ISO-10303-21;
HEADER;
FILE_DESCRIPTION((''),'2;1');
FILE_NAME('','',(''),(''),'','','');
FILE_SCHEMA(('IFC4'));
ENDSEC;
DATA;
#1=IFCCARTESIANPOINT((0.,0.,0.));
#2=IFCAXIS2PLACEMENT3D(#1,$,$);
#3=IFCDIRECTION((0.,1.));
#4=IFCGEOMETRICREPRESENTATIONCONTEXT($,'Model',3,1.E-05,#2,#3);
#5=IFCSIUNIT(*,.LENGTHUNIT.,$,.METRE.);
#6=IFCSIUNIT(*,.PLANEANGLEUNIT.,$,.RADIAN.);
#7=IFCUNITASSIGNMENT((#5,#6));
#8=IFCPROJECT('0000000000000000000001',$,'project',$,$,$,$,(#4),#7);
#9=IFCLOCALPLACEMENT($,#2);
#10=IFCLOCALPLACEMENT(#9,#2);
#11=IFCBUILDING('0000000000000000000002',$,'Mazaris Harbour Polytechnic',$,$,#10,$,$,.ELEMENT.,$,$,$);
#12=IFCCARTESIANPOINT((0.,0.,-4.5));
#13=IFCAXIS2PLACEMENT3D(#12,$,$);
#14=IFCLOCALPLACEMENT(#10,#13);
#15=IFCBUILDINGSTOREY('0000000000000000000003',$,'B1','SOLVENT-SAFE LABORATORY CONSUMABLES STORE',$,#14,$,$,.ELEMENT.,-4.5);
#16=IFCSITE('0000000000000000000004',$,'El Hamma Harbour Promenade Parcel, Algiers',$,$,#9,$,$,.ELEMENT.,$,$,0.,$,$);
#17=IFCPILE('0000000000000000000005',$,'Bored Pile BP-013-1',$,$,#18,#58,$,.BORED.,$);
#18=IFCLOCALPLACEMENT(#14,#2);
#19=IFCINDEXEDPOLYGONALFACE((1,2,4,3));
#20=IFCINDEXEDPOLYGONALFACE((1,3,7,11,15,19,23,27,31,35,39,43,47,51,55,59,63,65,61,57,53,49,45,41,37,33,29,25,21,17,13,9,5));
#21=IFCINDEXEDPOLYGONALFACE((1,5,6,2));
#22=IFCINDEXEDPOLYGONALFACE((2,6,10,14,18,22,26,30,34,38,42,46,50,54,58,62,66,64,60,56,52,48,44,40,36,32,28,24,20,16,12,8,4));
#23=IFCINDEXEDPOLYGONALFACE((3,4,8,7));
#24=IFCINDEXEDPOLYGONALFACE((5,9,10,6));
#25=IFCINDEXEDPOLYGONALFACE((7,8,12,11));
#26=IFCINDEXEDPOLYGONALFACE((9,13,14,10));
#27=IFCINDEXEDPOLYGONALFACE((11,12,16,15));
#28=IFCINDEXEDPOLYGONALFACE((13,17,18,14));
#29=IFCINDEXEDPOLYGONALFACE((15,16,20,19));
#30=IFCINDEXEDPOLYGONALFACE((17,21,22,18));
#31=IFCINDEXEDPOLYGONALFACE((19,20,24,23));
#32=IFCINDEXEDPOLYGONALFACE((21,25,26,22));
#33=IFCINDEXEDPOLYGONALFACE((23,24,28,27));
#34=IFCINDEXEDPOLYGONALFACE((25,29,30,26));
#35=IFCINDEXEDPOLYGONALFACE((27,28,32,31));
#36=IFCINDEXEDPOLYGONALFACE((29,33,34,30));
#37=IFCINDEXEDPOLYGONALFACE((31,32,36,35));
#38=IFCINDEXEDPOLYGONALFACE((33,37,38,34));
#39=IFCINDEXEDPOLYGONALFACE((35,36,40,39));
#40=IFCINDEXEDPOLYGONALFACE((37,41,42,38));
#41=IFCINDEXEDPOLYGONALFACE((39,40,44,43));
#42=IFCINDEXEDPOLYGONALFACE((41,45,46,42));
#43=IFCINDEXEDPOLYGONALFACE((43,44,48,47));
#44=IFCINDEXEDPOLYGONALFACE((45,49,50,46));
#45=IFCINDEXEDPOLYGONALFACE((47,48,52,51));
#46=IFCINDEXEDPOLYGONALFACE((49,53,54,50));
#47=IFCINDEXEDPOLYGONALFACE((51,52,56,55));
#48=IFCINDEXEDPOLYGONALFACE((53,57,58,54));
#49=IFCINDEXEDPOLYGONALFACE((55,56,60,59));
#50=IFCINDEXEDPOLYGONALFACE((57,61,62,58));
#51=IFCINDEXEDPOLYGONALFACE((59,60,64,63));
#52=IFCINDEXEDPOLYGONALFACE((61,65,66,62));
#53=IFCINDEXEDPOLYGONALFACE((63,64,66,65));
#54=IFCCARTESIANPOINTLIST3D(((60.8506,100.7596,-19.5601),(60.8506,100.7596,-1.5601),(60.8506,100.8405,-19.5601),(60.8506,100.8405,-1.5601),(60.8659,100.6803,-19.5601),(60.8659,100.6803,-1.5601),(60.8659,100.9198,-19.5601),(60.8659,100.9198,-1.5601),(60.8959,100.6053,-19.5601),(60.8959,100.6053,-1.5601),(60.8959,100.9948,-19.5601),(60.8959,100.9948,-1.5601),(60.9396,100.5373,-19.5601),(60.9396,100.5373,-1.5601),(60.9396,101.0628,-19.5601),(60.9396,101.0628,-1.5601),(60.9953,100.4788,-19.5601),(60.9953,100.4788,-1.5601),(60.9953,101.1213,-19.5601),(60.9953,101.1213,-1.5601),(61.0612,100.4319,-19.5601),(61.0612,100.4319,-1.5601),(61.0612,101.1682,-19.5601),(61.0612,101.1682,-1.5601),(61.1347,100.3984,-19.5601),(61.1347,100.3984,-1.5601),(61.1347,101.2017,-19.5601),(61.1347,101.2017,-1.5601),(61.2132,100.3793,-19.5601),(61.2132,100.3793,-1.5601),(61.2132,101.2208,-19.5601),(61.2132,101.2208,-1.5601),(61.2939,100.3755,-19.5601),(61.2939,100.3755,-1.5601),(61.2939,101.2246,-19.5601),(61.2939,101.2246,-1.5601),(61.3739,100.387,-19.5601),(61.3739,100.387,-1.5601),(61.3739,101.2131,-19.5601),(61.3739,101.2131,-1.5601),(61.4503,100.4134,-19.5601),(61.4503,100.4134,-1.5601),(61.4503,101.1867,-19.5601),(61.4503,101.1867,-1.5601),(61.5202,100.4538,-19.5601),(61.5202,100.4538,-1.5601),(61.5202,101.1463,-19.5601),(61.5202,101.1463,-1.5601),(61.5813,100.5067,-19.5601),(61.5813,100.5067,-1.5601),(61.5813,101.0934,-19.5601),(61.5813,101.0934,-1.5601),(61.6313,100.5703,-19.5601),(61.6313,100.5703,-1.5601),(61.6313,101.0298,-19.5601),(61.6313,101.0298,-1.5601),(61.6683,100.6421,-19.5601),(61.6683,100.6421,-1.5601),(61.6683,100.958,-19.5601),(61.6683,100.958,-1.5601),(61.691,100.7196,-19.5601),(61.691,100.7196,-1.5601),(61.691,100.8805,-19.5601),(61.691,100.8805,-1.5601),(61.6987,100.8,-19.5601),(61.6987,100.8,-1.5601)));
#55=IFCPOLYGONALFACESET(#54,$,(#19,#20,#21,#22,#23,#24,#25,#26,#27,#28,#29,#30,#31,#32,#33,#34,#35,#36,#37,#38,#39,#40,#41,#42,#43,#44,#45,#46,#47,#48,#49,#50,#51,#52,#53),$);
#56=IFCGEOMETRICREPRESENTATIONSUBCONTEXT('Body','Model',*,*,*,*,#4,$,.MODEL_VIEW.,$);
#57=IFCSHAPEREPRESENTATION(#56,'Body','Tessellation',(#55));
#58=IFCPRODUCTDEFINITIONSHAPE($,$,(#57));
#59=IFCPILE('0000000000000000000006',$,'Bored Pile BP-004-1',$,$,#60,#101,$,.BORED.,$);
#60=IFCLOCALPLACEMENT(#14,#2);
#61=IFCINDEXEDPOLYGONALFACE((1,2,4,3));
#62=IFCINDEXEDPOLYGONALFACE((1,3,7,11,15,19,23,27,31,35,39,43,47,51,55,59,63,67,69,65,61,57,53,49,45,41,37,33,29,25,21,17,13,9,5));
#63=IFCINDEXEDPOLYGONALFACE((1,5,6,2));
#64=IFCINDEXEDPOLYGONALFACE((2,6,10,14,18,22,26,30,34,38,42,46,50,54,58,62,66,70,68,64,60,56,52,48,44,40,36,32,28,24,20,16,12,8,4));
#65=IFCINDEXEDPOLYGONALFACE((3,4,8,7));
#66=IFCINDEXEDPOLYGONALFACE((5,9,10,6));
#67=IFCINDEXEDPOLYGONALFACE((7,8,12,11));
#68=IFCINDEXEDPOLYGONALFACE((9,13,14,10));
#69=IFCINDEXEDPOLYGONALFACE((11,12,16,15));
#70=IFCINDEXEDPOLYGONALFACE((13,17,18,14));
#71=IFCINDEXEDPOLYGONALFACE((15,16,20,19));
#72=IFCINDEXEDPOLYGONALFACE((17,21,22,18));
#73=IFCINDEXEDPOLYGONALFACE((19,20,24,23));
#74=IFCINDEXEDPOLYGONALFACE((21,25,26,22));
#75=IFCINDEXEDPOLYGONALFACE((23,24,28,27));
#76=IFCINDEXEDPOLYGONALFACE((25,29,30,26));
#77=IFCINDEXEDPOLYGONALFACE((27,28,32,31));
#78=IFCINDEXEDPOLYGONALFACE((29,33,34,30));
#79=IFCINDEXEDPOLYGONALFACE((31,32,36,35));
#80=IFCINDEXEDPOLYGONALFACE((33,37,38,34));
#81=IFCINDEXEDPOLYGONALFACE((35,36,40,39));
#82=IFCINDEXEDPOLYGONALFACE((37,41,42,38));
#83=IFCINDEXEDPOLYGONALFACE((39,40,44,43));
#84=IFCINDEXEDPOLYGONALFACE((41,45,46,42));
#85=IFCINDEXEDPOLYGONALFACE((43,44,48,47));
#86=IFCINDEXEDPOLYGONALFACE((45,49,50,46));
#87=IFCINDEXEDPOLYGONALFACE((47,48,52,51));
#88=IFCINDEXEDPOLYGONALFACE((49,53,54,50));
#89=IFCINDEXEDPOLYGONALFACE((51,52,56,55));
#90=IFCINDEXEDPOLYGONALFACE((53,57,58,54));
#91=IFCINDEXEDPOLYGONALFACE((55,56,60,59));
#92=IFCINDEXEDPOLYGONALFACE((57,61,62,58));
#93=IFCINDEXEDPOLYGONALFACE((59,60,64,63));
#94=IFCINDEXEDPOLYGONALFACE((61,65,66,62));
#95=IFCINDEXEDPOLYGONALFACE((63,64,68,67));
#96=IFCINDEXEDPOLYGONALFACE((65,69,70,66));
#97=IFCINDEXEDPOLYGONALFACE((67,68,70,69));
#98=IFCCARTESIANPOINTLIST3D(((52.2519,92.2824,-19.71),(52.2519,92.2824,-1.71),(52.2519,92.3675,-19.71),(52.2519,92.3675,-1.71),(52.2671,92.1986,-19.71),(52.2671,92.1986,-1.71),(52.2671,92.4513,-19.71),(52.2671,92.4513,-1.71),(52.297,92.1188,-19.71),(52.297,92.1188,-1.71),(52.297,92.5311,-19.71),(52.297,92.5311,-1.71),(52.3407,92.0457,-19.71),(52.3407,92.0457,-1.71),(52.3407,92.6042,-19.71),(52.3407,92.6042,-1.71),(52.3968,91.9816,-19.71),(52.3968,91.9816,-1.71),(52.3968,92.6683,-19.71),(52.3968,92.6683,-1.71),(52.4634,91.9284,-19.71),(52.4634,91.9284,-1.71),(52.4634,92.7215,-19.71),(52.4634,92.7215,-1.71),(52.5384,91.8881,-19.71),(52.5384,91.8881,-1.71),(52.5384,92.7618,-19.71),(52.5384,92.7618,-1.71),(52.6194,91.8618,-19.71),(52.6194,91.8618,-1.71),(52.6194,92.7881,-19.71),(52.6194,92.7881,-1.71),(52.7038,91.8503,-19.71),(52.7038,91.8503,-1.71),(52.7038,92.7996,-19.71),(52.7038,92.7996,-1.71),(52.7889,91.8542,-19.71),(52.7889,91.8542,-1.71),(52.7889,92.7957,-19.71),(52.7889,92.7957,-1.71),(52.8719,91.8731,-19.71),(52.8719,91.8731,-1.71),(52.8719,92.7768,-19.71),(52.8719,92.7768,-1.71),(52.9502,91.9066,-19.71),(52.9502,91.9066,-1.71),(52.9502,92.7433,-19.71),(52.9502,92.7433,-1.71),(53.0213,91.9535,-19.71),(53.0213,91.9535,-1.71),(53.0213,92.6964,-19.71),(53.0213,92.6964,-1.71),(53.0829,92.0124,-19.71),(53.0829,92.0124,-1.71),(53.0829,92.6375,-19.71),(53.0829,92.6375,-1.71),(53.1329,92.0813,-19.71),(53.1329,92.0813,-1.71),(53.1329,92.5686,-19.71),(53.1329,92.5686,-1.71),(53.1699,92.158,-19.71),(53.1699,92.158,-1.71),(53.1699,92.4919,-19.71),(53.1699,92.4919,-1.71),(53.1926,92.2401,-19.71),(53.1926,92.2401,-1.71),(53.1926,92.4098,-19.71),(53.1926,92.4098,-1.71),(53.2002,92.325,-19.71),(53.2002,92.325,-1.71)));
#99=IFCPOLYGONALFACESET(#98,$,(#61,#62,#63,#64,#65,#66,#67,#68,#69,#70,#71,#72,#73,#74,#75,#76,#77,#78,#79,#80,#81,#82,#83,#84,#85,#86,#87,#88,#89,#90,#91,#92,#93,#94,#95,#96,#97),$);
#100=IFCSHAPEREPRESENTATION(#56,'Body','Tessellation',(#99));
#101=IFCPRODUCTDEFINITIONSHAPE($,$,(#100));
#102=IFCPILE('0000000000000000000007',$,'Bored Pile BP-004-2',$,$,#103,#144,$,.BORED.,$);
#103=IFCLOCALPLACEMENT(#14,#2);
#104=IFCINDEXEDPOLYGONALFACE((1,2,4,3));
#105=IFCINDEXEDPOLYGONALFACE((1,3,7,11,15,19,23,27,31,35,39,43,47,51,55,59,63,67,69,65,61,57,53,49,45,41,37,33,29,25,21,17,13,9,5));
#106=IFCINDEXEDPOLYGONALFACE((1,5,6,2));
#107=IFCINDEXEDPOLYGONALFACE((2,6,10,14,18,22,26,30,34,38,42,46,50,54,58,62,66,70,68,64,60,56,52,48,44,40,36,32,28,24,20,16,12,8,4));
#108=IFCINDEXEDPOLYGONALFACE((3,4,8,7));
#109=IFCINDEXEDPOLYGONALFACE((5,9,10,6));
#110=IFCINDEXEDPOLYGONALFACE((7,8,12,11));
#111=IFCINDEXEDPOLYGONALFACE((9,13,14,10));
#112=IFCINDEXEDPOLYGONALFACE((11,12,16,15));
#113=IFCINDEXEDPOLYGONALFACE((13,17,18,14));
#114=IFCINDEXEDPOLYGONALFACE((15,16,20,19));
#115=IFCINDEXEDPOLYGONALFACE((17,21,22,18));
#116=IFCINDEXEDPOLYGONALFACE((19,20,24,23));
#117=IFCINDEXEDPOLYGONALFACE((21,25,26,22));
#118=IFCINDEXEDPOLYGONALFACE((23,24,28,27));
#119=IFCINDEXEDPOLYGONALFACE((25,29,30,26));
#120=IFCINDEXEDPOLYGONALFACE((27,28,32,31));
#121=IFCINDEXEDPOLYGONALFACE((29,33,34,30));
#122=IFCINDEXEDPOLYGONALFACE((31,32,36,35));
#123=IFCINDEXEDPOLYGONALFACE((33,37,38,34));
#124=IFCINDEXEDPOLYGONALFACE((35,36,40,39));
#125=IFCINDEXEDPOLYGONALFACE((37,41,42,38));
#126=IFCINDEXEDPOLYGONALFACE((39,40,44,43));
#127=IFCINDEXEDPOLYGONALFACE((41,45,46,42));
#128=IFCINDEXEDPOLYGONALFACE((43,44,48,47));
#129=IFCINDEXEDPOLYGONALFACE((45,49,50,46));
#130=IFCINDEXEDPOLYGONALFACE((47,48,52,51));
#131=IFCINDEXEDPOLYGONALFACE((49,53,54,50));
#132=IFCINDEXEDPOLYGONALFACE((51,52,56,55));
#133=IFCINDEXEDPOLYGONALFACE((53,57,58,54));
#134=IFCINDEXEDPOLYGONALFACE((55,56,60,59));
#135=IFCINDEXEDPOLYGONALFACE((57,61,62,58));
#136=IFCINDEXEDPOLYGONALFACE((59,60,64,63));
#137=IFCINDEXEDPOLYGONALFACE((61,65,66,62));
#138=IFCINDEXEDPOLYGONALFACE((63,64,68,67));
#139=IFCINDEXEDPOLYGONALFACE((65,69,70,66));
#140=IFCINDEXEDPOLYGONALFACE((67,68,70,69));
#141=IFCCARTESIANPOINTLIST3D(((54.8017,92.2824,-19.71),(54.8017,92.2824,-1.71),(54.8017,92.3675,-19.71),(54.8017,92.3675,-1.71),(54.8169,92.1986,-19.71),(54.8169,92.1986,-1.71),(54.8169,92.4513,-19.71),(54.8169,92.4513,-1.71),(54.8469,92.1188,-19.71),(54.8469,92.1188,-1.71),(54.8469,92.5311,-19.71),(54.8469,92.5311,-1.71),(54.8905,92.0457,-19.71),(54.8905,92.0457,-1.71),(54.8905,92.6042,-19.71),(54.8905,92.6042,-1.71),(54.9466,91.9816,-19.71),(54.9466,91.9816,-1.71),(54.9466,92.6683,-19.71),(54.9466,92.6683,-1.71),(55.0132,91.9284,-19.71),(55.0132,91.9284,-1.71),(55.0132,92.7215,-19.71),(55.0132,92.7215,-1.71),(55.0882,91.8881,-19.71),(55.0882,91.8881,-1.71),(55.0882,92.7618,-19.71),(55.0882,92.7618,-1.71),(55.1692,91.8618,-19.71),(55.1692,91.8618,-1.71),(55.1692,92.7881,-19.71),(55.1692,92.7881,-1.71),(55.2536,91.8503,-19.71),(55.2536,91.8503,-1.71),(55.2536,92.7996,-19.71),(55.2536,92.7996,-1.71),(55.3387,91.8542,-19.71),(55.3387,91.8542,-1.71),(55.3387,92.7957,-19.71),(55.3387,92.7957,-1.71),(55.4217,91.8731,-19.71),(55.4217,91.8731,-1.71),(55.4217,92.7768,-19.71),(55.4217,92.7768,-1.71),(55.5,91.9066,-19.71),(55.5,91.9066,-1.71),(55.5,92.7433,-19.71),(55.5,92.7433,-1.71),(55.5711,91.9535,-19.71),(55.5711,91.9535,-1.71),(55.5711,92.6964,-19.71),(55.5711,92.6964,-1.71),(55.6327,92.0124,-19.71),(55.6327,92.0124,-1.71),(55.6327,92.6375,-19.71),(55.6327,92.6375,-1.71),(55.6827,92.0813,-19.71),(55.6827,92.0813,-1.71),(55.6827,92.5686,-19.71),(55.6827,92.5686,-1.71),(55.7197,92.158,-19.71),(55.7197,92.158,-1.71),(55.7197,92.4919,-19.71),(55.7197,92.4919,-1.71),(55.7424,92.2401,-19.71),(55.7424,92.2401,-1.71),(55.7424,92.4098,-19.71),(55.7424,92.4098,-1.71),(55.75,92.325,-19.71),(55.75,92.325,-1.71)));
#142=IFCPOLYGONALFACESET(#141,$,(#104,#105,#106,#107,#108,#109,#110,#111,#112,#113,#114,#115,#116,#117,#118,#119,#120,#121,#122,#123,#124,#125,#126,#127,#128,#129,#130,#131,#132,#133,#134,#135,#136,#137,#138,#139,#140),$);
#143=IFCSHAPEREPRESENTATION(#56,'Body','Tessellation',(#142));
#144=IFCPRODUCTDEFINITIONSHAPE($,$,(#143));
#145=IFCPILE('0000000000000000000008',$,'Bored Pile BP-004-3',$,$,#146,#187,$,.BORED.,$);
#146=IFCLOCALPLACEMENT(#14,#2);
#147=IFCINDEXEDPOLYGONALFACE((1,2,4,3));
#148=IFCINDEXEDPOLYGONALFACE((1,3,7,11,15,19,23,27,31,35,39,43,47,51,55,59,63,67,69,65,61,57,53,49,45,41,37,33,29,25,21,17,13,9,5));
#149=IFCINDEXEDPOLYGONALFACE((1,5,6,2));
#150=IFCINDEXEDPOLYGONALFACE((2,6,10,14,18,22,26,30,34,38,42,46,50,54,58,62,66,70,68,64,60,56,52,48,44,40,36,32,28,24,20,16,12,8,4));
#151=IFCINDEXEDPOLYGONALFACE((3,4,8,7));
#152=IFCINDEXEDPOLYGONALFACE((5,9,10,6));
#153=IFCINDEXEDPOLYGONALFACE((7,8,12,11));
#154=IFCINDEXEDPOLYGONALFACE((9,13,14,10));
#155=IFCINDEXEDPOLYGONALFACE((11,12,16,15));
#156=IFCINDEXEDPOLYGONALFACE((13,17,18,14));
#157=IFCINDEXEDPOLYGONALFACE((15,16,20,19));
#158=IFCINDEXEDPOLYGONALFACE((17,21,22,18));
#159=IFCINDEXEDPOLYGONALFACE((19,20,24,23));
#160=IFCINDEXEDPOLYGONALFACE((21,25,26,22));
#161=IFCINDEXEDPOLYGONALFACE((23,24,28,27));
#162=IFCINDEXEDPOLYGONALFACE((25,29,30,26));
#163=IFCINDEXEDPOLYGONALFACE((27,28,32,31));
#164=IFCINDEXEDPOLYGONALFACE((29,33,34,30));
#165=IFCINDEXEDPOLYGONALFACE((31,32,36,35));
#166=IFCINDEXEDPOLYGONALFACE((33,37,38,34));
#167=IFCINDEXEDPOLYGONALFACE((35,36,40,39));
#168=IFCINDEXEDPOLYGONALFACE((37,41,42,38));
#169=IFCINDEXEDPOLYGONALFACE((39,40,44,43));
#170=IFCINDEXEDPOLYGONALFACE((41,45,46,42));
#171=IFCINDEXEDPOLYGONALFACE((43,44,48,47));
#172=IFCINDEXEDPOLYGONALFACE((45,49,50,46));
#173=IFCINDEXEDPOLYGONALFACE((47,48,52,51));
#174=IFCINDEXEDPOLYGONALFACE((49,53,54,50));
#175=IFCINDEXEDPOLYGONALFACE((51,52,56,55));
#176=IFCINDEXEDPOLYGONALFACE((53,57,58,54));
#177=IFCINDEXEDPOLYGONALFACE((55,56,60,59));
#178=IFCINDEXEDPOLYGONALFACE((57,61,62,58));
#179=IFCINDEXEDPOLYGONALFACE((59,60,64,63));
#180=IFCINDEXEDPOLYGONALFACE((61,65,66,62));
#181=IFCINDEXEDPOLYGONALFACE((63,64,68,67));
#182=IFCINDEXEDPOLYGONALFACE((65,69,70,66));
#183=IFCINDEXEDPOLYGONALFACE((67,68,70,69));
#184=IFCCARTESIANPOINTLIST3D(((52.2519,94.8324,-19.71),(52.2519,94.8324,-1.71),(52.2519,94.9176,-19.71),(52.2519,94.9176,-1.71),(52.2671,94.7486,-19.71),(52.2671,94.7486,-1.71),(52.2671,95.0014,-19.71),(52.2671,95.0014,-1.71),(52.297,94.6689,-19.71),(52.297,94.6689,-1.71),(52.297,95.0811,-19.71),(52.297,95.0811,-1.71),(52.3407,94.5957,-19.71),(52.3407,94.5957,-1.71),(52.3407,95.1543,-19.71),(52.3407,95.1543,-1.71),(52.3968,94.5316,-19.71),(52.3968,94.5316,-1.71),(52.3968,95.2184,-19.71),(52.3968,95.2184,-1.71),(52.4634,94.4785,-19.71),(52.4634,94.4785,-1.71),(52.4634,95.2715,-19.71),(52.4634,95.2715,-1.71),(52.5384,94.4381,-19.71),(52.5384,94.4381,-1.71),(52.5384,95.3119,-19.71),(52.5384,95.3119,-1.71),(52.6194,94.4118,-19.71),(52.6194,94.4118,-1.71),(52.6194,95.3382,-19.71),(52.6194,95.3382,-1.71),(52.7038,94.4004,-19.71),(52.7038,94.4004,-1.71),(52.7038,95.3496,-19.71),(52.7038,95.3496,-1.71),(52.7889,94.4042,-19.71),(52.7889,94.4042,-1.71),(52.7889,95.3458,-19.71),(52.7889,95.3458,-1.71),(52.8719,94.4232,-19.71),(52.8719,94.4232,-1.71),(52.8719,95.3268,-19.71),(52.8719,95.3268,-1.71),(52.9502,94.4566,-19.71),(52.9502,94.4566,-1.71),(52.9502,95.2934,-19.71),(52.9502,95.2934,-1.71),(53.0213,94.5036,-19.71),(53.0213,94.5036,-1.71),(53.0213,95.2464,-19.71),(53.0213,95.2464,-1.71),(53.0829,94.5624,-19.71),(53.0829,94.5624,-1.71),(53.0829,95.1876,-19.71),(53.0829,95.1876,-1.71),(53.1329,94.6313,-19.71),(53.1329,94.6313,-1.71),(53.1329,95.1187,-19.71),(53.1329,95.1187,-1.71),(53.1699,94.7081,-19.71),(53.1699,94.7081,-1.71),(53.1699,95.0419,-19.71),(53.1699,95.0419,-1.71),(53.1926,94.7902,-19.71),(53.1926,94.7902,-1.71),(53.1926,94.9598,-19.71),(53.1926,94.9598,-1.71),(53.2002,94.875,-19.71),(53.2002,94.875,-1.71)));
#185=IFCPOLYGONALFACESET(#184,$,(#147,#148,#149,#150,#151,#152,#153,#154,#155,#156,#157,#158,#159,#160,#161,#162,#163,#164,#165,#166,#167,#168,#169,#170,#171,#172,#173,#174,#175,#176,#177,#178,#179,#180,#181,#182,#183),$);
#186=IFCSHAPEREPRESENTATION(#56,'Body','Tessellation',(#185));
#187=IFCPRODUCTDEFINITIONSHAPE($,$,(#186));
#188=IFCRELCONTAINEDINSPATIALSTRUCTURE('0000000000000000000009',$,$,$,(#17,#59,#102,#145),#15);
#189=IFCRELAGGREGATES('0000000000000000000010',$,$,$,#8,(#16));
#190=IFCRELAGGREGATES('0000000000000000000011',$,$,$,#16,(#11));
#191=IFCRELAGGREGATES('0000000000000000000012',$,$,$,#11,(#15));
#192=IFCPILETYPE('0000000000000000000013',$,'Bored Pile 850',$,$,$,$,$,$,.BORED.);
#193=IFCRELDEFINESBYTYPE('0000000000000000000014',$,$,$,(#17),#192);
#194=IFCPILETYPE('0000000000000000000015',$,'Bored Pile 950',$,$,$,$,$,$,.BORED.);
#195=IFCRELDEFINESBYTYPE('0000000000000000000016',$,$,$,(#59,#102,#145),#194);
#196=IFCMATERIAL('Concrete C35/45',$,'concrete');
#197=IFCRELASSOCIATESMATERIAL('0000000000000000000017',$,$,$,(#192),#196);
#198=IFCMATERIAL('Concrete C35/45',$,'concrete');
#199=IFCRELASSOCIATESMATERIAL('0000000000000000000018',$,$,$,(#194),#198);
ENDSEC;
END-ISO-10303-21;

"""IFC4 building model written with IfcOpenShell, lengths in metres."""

from ifc_helpers import new_model, si_unit, direction, frame, origin, origin_2d, place, context, subcontext, project, spatial, circle, extrude, material, material_profile, profile_set, type_object, element, save


model = new_model("IFC4")

# Units and contexts
model_context = context("Model", 3, precision=1e-05, world=origin(), true_north=direction((0.0, 1.0)))
body_context = subcontext(model_context, "Body", "Model", "MODEL_VIEW")
ifc_project = project(units=[si_unit("LENGTHUNIT", "METRE"), si_unit("PLANEANGLEUNIT", "RADIAN")], contexts=[model_context])

# Site, building, storey
site_placement = place(None, origin())
site = spatial("IfcSite", under=ifc_project, at=site_placement, Name="El Hamma Harbour Promenade Parcel, Algiers", CompositionType="ELEMENT", RefElevation=0.0)
building_placement = place(site_placement, origin())
building = spatial("IfcBuilding", under=site, at=building_placement, Name="Mazaris Harbour Polytechnic", CompositionType="ELEMENT")
storey_placement = place(building_placement, frame((0.0, 0.0, -4.5)))
storey = spatial("IfcBuildingStorey", under=building, at=storey_placement, Name="B1", Description="SOLVENT-SAFE LABORATORY CONSUMABLES STORE", CompositionType="ELEMENT", Elevation=-4.5)

# Piles
ifc_material_1 = material(Name="Concrete C35/45", Category="concrete")
ifc_material_profile_1 = material_profile(ifc_material_1, circle(Radius=0.425, at=origin_2d()), Name="DIA850")
ifc_profile_set_1 = profile_set([ifc_material_profile_1], Name="Concrete C35/45")
pile_type_1 = type_object("IfcPileType", Name="Bored Pile 850", PredefinedType="BORED", material=ifc_profile_set_1)
pile_placement = place(storey_placement, frame((61.2737, 100.8, -1.5601), z_axis=(0.0, 0.0, -1.0), x_axis=(1.0, 0.0, 0.0)))
element("IfcPile", 1, at=pile_placement, inside=storey, type_object=pile_type_1, Name="Bored Pile BP-013-1", PredefinedType="BORED", context=body_context, shape_type="SweptSolid", body=[
    extrude(circle(Radius=0.425, at=origin_2d()), origin(), (0.0, 0.0, 1.0), 18.0),
])
ifc_material_2 = material(Name="Concrete C35/45", Category="concrete")
ifc_material_profile_2 = material_profile(ifc_material_2, circle(Radius=0.4751, at=origin_2d()), Name="DIA950")
ifc_profile_set_2 = profile_set([ifc_material_profile_2], Name="Concrete C35/45")
pile_type_2 = type_object("IfcPileType", Name="Bored Pile 950", PredefinedType="BORED", material=ifc_profile_set_2)
for number, where, z_axis, x_axis, name in (
    (2, (52.7251, 92.325, -1.71), (0.0, 0.0, -1.0), (1.0, 0.0, 0.0), "Bored Pile BP-004-1"),
    (3, (55.2749, 92.325, -1.71), (0.0, 0.0, -1.0), (1.0, 0.0, 0.0), "Bored Pile BP-004-2"),
    (4, (52.7251, 94.875, -1.71), (0.0, 0.0, -1.0), (1.0, 0.0, 0.0), "Bored Pile BP-004-3"),
):
    element("IfcPile", number, at=place(storey_placement, frame(where, z_axis=z_axis, x_axis=x_axis)), inside=storey, type_object=pile_type_2, Name=name, PredefinedType="BORED", context=body_context, shape_type="SweptSolid", body=[
        extrude(circle(Radius=0.4751, at=origin_2d()), origin(), (0.0, 0.0, 1.0), 18.0),
    ])

save(model, "model.ifc")
